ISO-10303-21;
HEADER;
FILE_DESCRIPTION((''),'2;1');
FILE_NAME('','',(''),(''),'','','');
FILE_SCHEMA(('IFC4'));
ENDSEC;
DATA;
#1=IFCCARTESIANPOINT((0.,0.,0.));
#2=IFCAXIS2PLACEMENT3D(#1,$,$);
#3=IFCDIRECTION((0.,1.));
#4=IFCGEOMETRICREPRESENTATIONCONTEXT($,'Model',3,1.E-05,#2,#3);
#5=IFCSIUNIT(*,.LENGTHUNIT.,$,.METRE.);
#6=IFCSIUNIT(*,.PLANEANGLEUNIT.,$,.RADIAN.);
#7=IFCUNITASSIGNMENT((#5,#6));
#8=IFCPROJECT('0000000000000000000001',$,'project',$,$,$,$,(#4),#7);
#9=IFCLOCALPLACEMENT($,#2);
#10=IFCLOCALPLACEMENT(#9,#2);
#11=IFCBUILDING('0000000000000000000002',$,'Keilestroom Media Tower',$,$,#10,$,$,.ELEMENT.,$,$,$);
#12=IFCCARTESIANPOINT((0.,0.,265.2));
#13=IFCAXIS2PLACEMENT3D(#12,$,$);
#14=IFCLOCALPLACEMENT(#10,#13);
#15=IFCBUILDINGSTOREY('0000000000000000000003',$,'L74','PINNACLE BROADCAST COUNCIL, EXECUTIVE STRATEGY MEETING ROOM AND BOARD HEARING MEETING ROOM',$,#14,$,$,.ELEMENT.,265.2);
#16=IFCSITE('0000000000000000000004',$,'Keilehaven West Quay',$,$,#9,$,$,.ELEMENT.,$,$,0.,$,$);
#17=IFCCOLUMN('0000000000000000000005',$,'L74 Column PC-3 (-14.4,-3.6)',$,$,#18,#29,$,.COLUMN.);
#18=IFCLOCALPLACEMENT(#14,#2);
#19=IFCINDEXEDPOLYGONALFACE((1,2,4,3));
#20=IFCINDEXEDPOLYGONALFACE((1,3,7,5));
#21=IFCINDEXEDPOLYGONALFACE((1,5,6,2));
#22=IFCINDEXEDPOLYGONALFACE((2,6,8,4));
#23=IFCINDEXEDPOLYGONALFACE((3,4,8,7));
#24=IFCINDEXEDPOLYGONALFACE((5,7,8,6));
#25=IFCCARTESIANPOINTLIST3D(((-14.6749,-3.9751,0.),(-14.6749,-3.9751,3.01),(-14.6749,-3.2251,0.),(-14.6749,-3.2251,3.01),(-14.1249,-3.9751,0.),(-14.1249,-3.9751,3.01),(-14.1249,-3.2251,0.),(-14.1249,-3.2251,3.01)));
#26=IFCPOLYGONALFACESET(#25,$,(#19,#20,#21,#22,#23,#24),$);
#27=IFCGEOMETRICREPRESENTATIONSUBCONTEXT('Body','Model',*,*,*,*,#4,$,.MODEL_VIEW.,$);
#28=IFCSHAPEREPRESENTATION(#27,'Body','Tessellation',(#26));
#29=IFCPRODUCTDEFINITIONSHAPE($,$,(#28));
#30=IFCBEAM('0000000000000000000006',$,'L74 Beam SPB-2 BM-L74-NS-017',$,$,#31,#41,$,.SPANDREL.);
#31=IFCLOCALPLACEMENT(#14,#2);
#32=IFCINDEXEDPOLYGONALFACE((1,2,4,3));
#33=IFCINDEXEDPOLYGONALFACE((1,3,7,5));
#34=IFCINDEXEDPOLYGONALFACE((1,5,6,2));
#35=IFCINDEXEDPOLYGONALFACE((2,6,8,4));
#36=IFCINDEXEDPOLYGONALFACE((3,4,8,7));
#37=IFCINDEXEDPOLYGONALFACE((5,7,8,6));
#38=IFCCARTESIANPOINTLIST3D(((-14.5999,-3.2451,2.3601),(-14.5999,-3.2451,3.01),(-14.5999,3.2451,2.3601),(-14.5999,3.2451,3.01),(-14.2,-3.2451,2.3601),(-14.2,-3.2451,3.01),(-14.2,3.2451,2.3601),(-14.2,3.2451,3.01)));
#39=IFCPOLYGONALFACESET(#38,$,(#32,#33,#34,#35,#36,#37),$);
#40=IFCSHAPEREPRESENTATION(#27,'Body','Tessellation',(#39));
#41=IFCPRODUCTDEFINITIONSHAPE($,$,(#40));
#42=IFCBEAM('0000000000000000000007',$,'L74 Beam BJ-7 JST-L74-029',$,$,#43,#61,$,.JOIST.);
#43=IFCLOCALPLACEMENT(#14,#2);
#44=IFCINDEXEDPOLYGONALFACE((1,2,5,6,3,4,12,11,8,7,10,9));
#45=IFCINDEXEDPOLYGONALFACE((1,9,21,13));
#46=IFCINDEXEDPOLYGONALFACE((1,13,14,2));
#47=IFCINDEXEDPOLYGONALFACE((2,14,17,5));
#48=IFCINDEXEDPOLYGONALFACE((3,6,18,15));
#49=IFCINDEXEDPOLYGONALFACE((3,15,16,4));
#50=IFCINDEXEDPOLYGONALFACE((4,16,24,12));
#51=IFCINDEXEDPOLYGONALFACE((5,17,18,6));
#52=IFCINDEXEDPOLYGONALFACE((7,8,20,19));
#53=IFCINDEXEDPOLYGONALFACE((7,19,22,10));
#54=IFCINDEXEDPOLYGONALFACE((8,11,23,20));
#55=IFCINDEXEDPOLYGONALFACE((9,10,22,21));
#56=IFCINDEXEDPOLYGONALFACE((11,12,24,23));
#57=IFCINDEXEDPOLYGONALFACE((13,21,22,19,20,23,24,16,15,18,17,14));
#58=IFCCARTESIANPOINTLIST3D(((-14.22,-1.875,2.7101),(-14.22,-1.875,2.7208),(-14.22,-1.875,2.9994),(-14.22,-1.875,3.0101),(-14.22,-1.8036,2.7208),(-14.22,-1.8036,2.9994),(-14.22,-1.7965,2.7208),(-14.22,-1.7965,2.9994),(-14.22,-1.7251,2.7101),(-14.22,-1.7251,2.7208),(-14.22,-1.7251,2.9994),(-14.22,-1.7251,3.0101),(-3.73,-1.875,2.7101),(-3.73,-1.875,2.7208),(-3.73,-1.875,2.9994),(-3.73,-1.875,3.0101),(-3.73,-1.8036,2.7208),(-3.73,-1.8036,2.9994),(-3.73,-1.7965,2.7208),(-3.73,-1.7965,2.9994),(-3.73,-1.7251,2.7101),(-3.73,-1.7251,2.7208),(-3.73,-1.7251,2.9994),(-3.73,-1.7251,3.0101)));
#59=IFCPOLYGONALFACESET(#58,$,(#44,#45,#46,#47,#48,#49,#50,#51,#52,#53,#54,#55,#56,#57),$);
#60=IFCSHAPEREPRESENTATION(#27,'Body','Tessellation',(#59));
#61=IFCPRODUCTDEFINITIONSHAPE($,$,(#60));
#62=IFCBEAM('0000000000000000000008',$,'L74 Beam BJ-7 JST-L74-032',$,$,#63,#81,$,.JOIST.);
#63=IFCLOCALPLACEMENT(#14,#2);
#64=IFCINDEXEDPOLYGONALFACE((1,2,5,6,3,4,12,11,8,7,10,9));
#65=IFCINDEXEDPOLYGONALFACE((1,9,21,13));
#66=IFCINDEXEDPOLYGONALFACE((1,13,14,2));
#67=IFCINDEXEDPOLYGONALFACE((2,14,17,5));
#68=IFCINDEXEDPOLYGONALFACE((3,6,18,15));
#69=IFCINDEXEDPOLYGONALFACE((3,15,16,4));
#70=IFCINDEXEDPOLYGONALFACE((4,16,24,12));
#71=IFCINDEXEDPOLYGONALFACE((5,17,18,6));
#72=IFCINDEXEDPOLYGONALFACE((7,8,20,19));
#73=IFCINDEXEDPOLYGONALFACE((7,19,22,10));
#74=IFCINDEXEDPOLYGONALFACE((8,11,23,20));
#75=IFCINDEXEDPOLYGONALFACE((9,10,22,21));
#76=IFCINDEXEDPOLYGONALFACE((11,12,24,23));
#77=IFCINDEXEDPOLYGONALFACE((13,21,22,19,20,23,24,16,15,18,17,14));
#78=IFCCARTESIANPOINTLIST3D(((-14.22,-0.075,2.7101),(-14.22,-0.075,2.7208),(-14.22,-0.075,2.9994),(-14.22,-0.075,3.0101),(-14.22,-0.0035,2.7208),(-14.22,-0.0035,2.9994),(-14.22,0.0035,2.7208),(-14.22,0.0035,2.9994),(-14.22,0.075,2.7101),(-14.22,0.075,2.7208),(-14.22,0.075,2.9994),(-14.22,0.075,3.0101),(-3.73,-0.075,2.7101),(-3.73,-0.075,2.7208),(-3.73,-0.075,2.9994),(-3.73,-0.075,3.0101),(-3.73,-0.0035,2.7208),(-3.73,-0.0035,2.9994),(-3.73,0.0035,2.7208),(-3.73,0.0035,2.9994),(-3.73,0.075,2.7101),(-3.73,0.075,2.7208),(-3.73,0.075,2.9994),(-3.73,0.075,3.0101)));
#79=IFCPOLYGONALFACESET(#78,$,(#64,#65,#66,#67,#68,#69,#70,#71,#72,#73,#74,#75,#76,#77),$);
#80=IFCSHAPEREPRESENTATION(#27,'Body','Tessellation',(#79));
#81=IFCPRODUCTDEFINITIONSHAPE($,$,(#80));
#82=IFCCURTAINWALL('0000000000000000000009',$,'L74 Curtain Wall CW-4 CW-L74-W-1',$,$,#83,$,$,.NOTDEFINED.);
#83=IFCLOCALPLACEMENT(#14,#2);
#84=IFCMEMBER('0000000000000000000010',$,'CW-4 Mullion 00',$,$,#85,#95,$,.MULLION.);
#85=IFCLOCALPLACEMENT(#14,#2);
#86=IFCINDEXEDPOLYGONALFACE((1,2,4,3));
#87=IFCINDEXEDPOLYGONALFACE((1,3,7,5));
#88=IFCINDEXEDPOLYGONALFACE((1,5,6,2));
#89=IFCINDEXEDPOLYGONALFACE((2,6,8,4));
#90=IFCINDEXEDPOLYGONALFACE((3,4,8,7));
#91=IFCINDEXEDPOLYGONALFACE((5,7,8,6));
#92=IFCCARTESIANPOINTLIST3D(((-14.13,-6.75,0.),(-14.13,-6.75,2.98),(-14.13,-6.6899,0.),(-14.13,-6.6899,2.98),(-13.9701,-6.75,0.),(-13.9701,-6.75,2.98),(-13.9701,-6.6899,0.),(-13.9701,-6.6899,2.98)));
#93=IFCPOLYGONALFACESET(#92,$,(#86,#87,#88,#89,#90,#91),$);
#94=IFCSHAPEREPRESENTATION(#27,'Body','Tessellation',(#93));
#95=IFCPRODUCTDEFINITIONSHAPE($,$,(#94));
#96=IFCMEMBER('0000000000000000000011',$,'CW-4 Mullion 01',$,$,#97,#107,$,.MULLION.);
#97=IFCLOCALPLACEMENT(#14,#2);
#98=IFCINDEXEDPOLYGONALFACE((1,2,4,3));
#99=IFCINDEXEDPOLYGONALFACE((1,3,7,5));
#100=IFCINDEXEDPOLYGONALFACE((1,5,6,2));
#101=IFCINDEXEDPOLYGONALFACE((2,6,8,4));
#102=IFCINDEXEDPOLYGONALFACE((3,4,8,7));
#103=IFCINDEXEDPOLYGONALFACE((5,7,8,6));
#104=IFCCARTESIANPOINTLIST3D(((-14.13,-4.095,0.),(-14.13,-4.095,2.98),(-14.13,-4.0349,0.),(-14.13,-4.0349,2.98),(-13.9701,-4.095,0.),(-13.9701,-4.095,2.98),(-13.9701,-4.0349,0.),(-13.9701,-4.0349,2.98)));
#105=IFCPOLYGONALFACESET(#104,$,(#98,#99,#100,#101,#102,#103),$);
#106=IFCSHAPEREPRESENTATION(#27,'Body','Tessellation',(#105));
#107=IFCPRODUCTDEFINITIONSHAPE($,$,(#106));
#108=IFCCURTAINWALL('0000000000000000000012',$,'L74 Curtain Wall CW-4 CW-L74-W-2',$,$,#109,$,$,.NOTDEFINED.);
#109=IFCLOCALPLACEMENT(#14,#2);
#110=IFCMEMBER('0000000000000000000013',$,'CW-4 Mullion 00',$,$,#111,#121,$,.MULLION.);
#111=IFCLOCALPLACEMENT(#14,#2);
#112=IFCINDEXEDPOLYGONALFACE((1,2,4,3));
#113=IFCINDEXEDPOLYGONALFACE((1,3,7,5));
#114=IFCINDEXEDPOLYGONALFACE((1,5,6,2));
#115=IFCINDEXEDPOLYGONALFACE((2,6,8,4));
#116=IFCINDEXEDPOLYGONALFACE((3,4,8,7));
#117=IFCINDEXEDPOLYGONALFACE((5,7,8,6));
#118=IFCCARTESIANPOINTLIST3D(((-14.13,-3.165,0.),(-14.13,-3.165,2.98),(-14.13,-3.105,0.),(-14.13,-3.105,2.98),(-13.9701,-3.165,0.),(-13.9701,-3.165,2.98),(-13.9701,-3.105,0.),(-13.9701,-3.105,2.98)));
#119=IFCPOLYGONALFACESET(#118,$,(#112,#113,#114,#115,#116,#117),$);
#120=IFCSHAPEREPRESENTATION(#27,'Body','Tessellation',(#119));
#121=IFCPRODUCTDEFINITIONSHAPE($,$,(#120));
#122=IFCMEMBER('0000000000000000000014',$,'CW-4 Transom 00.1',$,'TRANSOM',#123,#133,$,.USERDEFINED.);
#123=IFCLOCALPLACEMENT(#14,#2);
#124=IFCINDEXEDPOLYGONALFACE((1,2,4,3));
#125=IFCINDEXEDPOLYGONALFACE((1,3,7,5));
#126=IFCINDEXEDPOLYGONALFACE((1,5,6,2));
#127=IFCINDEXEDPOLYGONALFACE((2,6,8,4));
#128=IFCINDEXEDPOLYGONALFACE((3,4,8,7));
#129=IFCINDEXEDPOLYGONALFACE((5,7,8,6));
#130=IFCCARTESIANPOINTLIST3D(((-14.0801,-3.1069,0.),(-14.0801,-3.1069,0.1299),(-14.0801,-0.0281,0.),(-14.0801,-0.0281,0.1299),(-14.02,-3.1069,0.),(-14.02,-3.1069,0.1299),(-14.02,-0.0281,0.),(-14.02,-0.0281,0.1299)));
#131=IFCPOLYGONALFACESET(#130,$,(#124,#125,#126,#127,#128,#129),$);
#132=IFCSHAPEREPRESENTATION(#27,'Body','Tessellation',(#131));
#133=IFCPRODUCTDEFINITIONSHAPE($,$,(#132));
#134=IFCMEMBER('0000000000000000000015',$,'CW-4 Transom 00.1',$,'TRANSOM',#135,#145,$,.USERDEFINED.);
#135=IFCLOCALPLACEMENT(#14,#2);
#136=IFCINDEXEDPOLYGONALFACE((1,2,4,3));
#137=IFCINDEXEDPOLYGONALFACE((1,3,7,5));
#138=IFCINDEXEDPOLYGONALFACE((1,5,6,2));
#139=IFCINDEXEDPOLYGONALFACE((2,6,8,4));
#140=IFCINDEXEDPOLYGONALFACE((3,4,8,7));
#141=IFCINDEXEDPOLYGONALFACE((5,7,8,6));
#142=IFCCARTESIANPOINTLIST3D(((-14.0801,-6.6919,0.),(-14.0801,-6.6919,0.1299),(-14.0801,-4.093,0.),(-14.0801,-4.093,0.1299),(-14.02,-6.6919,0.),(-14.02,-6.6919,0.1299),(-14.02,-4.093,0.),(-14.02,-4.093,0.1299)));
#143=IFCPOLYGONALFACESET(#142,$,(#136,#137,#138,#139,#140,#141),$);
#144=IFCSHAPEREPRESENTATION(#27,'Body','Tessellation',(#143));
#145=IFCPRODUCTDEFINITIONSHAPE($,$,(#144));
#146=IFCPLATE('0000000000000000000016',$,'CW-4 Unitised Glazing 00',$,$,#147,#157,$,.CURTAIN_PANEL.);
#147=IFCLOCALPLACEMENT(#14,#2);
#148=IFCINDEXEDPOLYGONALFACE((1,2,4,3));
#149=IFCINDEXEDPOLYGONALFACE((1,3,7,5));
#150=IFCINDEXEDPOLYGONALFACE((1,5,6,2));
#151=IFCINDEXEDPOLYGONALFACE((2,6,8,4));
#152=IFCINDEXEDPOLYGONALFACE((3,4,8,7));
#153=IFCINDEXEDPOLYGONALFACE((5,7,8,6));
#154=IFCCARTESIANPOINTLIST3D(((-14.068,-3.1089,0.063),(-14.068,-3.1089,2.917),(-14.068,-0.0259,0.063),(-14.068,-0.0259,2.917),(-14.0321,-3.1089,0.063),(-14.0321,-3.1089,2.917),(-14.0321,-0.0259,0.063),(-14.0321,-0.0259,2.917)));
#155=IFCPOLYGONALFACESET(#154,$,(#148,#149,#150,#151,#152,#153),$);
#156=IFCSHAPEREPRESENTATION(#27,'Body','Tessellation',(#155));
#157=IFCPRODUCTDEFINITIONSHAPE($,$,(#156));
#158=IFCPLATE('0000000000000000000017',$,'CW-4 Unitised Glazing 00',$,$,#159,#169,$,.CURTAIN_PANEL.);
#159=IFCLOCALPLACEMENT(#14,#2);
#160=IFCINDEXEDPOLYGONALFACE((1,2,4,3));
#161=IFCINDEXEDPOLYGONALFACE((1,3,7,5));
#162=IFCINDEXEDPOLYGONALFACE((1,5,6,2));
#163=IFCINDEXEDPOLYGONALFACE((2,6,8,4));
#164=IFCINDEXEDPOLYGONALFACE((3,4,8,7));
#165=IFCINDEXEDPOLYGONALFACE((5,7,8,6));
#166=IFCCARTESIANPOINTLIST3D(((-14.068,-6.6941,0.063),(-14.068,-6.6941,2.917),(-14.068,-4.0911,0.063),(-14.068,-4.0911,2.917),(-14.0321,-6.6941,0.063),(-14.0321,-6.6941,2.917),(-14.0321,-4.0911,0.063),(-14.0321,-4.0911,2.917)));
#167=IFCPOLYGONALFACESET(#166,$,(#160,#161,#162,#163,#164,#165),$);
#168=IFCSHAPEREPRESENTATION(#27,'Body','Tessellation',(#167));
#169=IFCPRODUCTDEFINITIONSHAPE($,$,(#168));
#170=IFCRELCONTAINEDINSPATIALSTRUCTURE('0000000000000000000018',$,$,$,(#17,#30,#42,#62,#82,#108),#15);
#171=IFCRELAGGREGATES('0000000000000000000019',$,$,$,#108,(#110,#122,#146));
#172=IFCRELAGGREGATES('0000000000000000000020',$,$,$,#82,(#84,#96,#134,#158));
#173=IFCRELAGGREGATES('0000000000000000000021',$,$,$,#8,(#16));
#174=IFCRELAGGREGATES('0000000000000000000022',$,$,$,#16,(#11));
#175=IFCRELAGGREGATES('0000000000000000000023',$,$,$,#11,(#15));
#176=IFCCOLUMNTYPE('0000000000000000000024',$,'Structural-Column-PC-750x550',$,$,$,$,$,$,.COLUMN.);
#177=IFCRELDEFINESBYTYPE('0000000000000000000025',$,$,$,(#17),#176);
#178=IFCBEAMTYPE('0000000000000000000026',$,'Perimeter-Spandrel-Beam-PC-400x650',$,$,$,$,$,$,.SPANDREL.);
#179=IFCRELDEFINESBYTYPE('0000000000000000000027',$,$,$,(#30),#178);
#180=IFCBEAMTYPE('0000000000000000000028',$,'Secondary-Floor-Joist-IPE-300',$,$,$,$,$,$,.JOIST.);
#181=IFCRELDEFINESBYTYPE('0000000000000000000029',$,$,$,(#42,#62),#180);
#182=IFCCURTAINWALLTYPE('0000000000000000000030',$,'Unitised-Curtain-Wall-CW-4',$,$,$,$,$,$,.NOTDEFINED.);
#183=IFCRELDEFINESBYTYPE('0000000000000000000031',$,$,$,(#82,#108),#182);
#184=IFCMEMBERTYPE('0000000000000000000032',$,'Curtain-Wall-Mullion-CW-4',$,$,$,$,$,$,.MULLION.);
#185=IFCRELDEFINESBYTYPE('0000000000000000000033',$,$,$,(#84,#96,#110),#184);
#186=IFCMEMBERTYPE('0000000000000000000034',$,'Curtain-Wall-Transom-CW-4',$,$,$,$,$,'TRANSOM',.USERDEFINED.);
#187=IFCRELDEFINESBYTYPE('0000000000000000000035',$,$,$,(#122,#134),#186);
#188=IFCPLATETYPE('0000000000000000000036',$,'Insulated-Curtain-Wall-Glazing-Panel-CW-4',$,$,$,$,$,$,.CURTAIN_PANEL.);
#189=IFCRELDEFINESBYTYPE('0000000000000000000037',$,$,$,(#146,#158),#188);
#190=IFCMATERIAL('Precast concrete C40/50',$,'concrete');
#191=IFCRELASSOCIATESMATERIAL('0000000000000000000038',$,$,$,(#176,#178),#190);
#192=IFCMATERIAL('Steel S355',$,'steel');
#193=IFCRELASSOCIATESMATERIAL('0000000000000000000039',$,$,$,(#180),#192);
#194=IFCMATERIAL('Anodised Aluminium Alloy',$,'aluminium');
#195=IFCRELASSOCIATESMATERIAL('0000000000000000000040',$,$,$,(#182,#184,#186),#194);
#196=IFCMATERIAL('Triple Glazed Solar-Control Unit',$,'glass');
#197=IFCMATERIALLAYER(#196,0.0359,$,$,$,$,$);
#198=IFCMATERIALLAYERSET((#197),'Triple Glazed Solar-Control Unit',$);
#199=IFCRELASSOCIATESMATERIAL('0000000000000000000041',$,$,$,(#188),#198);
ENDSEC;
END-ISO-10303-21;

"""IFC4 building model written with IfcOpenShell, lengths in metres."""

from ifc_helpers import new_model, si_unit, direction, frame, origin, origin_2d, place, context, subcontext, project, spatial, rectangle, i_section, extrude, source, transform, mapped, material, layer, layer_set, material_profile, profile_set, type_object, element, aggregate, save


model = new_model("IFC4")

# Units and contexts
model_context = context("Model", 3, precision=1e-05, world=origin(), true_north=direction((0.0, 1.0)))
body_context = subcontext(model_context, "Body", "Model", "MODEL_VIEW")
ifc_project = project(units=[si_unit("LENGTHUNIT", "METRE"), si_unit("PLANEANGLEUNIT", "RADIAN")], contexts=[model_context])

# Site, building, storey
site_placement = place(None, origin())
site = spatial("IfcSite", under=ifc_project, at=site_placement, Name="Keilehaven West Quay", CompositionType="ELEMENT", RefElevation=0.0)
building_placement = place(site_placement, origin())
building = spatial("IfcBuilding", under=site, at=building_placement, Name="Keilestroom Media Tower", CompositionType="ELEMENT")
storey_placement = place(building_placement, frame((0.0, 0.0, 265.2)))
storey = spatial("IfcBuildingStorey", under=building, at=storey_placement, Name="L74", Description="PINNACLE BROADCAST COUNCIL, EXECUTIVE STRATEGY MEETING ROOM AND BOARD HEARING MEETING ROOM", CompositionType="ELEMENT", Elevation=265.2)

# Column
ifc_material_1 = material(Name="Precast concrete C40/50", Category="concrete")
ifc_material_profile_1 = material_profile(ifc_material_1, rectangle(XDim=0.55, YDim=0.75, at=origin_2d()), Name="PC 750x550")
ifc_profile_set_1 = profile_set([ifc_material_profile_1], Name="Precast concrete C40/50")
column_type = type_object("IfcColumnType", Name="Structural-Column-PC-750x550", PredefinedType="COLUMN", material=ifc_profile_set_1)
shared_shape_1 = source(origin(), body_context, "Body", "SweptSolid", [
    extrude(rectangle(XDim=0.55, YDim=0.75, at=origin_2d()), origin(), (0.0, 0.0, 1.0), 3.01),
])
column_placement = place(storey_placement, frame((-14.3999, -3.6001, 0.0), z_axis=(0.0, 0.0, 1.0), x_axis=(1.0, 0.0, 0.0)))
element("IfcColumn", 1, at=column_placement, inside=storey, type_object=column_type, Name="L74 Column PC-3 (-14.4,-3.6)", PredefinedType="COLUMN", context=body_context, shape_type="MappedRepresentation", body=[
    mapped(shared_shape_1, transform((0.0, 0.0, 0.0), x_axis=(1.0, 0.0, 0.0), y_axis=(0.0, 1.0, 0.0), z_axis=(0.0, 0.0, 1.0), scale=1.0)),
])

# Beams
ifc_material_profile_2 = material_profile(ifc_material_1, rectangle(XDim=0.3999, YDim=0.6499, at=origin_2d()), Name="PC 400x650")
ifc_profile_set_2 = profile_set([ifc_material_profile_2], Name="Precast concrete C40/50")
beam_type_1 = type_object("IfcBeamType", Name="Perimeter-Spandrel-Beam-PC-400x650", PredefinedType="SPANDREL", material=ifc_profile_set_2)
shared_shape_2 = source(origin(), body_context, "Body", "SweptSolid", [
    extrude(rectangle(XDim=0.3999, YDim=0.6499, at=origin_2d()), origin(), (0.0, 0.0, 1.0), 6.4902),
])
beam_placement = place(storey_placement, frame((-14.3999, -3.2451, 2.6851), z_axis=(0.0, 1.0, 0.0), x_axis=(-1.0, 0.0, 0.0)))
element("IfcBeam", 2, at=beam_placement, inside=storey, type_object=beam_type_1, Name="L74 Beam SPB-2 BM-L74-NS-017", PredefinedType="SPANDREL", context=body_context, shape_type="MappedRepresentation", body=[
    mapped(shared_shape_2, transform((0.0, 0.0, 0.0), x_axis=(1.0, 0.0, 0.0), y_axis=(0.0, 1.0, 0.0), z_axis=(0.0, 0.0, 1.0), scale=1.0)),
])
ifc_material_2 = material(Name="Steel S355", Category="steel")
ifc_material_profile_3 = material_profile(ifc_material_2, i_section(OverallWidth=0.1499, OverallDepth=0.3, WebThickness=0.0071, FlangeThickness=0.0107, at=origin_2d()), Name="IPE 300")
ifc_profile_set_3 = profile_set([ifc_material_profile_3], Name="Steel S355")
beam_type_2 = type_object("IfcBeamType", Name="Secondary-Floor-Joist-IPE-300", PredefinedType="JOIST", material=ifc_profile_set_3)
shared_shape_3 = source(origin(), body_context, "Body", "SweptSolid", [
    extrude(i_section(OverallWidth=0.1499, OverallDepth=0.3, WebThickness=0.0071, FlangeThickness=0.0107, at=origin_2d()), origin(), (0.0, 0.0, 1.0), 10.49),
])
for number, where, z_axis, x_axis, name in (
    (3, (-14.22, -1.8, 2.8601), (1.0, 0.0, 0.0), (0.0, 1.0, 0.0), "L74 Beam BJ-7 JST-L74-029"),
    (4, (-14.22, 0.0, 2.8601), (1.0, 0.0, 0.0), (0.0, 1.0, 0.0), "L74 Beam BJ-7 JST-L74-032"),
):
    element("IfcBeam", number, at=place(storey_placement, frame(where, z_axis=z_axis, x_axis=x_axis)), inside=storey, type_object=beam_type_2, Name=name, PredefinedType="JOIST", context=body_context, shape_type="MappedRepresentation", body=[
        mapped(shared_shape_3, transform((0.0, 0.0, 0.0), x_axis=(1.0, 0.0, 0.0), y_axis=(0.0, 1.0, 0.0), z_axis=(0.0, 0.0, 1.0), scale=1.0)),
    ])

# Curtain walls, members
ifc_material_3 = material(Name="Anodised Aluminium Alloy", Category="aluminium")
curtain_wall_type = type_object("IfcCurtainWallType", Name="Unitised-Curtain-Wall-CW-4", PredefinedType="NOTDEFINED", material=ifc_material_3)
curtain_wall_1_placement = place(storey_placement, origin())
curtain_wall_1 = element("IfcCurtainWall", 5, at=curtain_wall_1_placement, inside=storey, type_object=curtain_wall_type, Name="L74 Curtain Wall CW-4 CW-L74-W-1", PredefinedType="NOTDEFINED")
ifc_material_profile_4 = material_profile(ifc_material_3, rectangle(XDim=0.0601, YDim=0.1599, at=origin_2d()), Name="ALU MULLION 60x160")
ifc_profile_set_4 = profile_set([ifc_material_profile_4], Name="Anodised Aluminium Alloy")
member_type_1 = type_object("IfcMemberType", Name="Curtain-Wall-Mullion-CW-4", PredefinedType="MULLION", material=ifc_profile_set_4)
shared_shape_4 = source(origin(), body_context, "Body", "SweptSolid", [
    extrude(rectangle(XDim=0.0601, YDim=0.1599, at=origin_2d()), origin(), (0.0, 0.0, 1.0), 2.98),
])
member_1_placement = place(storey_placement, frame((-14.05, -6.72, 0.0), z_axis=(0.0, 0.0, 1.0), x_axis=(0.0, 1.0, 0.0)))
member_1 = element("IfcMember", 6, at=member_1_placement, type_object=member_type_1, Name="CW-4 Mullion 00", PredefinedType="MULLION", context=body_context, shape_type="MappedRepresentation", body=[
    mapped(shared_shape_4, transform((0.0, 0.0, 0.0), x_axis=(1.0, 0.0, 0.0), y_axis=(0.0, 1.0, 0.0), z_axis=(0.0, 0.0, 1.0), scale=1.0)),
])
member_2_placement = place(storey_placement, frame((-14.05, -4.0649, 0.0), z_axis=(0.0, 0.0, 1.0), x_axis=(0.0, 1.0, 0.0)))
member_2 = element("IfcMember", 7, at=member_2_placement, type_object=member_type_1, Name="CW-4 Mullion 01", PredefinedType="MULLION", context=body_context, shape_type="MappedRepresentation", body=[
    mapped(shared_shape_4, transform((0.0, 0.0, 0.0), x_axis=(1.0, 0.0, 0.0), y_axis=(0.0, 1.0, 0.0), z_axis=(0.0, 0.0, 1.0), scale=1.0)),
])
curtain_wall_2_placement = place(storey_placement, origin())
curtain_wall_2 = element("IfcCurtainWall", 8, at=curtain_wall_2_placement, inside=storey, type_object=curtain_wall_type, Name="L74 Curtain Wall CW-4 CW-L74-W-2", PredefinedType="NOTDEFINED")
member_3_placement = place(storey_placement, frame((-14.05, -3.135, 0.0), z_axis=(0.0, 0.0, 1.0), x_axis=(0.0, 1.0, 0.0)))
member_3 = element("IfcMember", 9, at=member_3_placement, type_object=member_type_1, Name="CW-4 Mullion 00", PredefinedType="MULLION", context=body_context, shape_type="MappedRepresentation", body=[
    mapped(shared_shape_4, transform((0.0, 0.0, 0.0), x_axis=(1.0, 0.0, 0.0), y_axis=(0.0, 1.0, 0.0), z_axis=(0.0, 0.0, 1.0), scale=1.0)),
])
ifc_material_profile_5 = material_profile(ifc_material_3, rectangle(XDim=0.0601, YDim=0.1299, at=origin_2d()), Name="ALU TRANSOM 60x130")
ifc_profile_set_5 = profile_set([ifc_material_profile_5], Name="Anodised Aluminium Alloy")
member_type_2 = type_object("IfcMemberType", Name="Curtain-Wall-Transom-CW-4", ElementType="TRANSOM", PredefinedType="USERDEFINED", material=ifc_profile_set_5)
shared_shape_5 = source(origin(), body_context, "Body", "SweptSolid", [
    extrude(rectangle(XDim=0.0601, YDim=0.1299, at=origin_2d()), origin(), (0.0, 0.0, 1.0), 3.0789),
])
member_4_placement = place(storey_placement, frame((-14.05, -3.1069, 0.0649), z_axis=(0.0, 1.0, 0.0), x_axis=(-1.0, 0.0, 0.0)))
member_4 = element("IfcMember", 10, at=member_4_placement, type_object=member_type_2, Name="CW-4 Transom 00.1", ObjectType="TRANSOM", PredefinedType="USERDEFINED", context=body_context, shape_type="MappedRepresentation", body=[
    mapped(shared_shape_5, transform((0.0, 0.0, 0.0), x_axis=(1.0, 0.0, 0.0), y_axis=(0.0, 1.0, 0.0), z_axis=(0.0, 0.0, 1.0), scale=1.0)),
])

# Member
shared_shape_6 = source(origin(), body_context, "Body", "SweptSolid", [
    extrude(rectangle(XDim=0.0601, YDim=0.1299, at=origin_2d()), origin(), (0.0, 0.0, 1.0), 2.5989),
])
member_5_placement = place(storey_placement, frame((-14.05, -6.6919, 0.0649), z_axis=(0.0, 1.0, 0.0), x_axis=(-1.0, 0.0, 0.0)))
member_5 = element("IfcMember", 11, at=member_5_placement, type_object=member_type_2, Name="CW-4 Transom 00.1", ObjectType="TRANSOM", PredefinedType="USERDEFINED", context=body_context, shape_type="MappedRepresentation", body=[
    mapped(shared_shape_6, transform((0.0, 0.0, 0.0), x_axis=(1.0, 0.0, 0.0), y_axis=(0.0, 1.0, 0.0), z_axis=(0.0, 0.0, 1.0), scale=1.0)),
])

# Plates
ifc_material_4 = material(Name="Triple Glazed Solar-Control Unit", Category="glass")
ifc_layer_1 = layer(ifc_material_4, 0.0359)
ifc_layer_set_1 = layer_set([ifc_layer_1], Name="Triple Glazed Solar-Control Unit")
plate_type = type_object("IfcPlateType", Name="Insulated-Curtain-Wall-Glazing-Panel-CW-4", PredefinedType="CURTAIN_PANEL", material=ifc_layer_set_1)
shared_shape_7 = source(origin(), body_context, "Body", "SweptSolid", [
    extrude(rectangle(XDim=3.083, YDim=0.0359, at=origin_2d()), origin(), (0.0, 0.0, 1.0), 2.854),
])
plate_1_placement = place(storey_placement, frame((-14.05, -1.5674, 0.063), z_axis=(0.0, 0.0, 1.0), x_axis=(0.0, 1.0, 0.0)))
plate_1 = element("IfcPlate", 12, at=plate_1_placement, type_object=plate_type, Name="CW-4 Unitised Glazing 00", PredefinedType="CURTAIN_PANEL", context=body_context, shape_type="MappedRepresentation", body=[
    mapped(shared_shape_7, transform((0.0, 0.0, 0.0), x_axis=(1.0, 0.0, 0.0), y_axis=(0.0, 1.0, 0.0), z_axis=(0.0, 0.0, 1.0), scale=1.0)),
])
aggregate(curtain_wall_2, [member_3, member_4, plate_1])
shared_shape_8 = source(origin(), body_context, "Body", "SweptSolid", [
    extrude(rectangle(XDim=2.603, YDim=0.0359, at=origin_2d()), origin(), (0.0, 0.0, 1.0), 2.854),
])
plate_2_placement = place(storey_placement, frame((-14.05, -5.3926, 0.063), z_axis=(0.0, 0.0, 1.0), x_axis=(0.0, 1.0, 0.0)))
plate_2 = element("IfcPlate", 13, at=plate_2_placement, type_object=plate_type, Name="CW-4 Unitised Glazing 00", PredefinedType="CURTAIN_PANEL", context=body_context, shape_type="MappedRepresentation", body=[
    mapped(shared_shape_8, transform((0.0, 0.0, 0.0), x_axis=(1.0, 0.0, 0.0), y_axis=(0.0, 1.0, 0.0), z_axis=(0.0, 0.0, 1.0), scale=1.0)),
])
aggregate(curtain_wall_1, [member_1, member_2, member_5, plate_2])

save(model, "model.ifc")
